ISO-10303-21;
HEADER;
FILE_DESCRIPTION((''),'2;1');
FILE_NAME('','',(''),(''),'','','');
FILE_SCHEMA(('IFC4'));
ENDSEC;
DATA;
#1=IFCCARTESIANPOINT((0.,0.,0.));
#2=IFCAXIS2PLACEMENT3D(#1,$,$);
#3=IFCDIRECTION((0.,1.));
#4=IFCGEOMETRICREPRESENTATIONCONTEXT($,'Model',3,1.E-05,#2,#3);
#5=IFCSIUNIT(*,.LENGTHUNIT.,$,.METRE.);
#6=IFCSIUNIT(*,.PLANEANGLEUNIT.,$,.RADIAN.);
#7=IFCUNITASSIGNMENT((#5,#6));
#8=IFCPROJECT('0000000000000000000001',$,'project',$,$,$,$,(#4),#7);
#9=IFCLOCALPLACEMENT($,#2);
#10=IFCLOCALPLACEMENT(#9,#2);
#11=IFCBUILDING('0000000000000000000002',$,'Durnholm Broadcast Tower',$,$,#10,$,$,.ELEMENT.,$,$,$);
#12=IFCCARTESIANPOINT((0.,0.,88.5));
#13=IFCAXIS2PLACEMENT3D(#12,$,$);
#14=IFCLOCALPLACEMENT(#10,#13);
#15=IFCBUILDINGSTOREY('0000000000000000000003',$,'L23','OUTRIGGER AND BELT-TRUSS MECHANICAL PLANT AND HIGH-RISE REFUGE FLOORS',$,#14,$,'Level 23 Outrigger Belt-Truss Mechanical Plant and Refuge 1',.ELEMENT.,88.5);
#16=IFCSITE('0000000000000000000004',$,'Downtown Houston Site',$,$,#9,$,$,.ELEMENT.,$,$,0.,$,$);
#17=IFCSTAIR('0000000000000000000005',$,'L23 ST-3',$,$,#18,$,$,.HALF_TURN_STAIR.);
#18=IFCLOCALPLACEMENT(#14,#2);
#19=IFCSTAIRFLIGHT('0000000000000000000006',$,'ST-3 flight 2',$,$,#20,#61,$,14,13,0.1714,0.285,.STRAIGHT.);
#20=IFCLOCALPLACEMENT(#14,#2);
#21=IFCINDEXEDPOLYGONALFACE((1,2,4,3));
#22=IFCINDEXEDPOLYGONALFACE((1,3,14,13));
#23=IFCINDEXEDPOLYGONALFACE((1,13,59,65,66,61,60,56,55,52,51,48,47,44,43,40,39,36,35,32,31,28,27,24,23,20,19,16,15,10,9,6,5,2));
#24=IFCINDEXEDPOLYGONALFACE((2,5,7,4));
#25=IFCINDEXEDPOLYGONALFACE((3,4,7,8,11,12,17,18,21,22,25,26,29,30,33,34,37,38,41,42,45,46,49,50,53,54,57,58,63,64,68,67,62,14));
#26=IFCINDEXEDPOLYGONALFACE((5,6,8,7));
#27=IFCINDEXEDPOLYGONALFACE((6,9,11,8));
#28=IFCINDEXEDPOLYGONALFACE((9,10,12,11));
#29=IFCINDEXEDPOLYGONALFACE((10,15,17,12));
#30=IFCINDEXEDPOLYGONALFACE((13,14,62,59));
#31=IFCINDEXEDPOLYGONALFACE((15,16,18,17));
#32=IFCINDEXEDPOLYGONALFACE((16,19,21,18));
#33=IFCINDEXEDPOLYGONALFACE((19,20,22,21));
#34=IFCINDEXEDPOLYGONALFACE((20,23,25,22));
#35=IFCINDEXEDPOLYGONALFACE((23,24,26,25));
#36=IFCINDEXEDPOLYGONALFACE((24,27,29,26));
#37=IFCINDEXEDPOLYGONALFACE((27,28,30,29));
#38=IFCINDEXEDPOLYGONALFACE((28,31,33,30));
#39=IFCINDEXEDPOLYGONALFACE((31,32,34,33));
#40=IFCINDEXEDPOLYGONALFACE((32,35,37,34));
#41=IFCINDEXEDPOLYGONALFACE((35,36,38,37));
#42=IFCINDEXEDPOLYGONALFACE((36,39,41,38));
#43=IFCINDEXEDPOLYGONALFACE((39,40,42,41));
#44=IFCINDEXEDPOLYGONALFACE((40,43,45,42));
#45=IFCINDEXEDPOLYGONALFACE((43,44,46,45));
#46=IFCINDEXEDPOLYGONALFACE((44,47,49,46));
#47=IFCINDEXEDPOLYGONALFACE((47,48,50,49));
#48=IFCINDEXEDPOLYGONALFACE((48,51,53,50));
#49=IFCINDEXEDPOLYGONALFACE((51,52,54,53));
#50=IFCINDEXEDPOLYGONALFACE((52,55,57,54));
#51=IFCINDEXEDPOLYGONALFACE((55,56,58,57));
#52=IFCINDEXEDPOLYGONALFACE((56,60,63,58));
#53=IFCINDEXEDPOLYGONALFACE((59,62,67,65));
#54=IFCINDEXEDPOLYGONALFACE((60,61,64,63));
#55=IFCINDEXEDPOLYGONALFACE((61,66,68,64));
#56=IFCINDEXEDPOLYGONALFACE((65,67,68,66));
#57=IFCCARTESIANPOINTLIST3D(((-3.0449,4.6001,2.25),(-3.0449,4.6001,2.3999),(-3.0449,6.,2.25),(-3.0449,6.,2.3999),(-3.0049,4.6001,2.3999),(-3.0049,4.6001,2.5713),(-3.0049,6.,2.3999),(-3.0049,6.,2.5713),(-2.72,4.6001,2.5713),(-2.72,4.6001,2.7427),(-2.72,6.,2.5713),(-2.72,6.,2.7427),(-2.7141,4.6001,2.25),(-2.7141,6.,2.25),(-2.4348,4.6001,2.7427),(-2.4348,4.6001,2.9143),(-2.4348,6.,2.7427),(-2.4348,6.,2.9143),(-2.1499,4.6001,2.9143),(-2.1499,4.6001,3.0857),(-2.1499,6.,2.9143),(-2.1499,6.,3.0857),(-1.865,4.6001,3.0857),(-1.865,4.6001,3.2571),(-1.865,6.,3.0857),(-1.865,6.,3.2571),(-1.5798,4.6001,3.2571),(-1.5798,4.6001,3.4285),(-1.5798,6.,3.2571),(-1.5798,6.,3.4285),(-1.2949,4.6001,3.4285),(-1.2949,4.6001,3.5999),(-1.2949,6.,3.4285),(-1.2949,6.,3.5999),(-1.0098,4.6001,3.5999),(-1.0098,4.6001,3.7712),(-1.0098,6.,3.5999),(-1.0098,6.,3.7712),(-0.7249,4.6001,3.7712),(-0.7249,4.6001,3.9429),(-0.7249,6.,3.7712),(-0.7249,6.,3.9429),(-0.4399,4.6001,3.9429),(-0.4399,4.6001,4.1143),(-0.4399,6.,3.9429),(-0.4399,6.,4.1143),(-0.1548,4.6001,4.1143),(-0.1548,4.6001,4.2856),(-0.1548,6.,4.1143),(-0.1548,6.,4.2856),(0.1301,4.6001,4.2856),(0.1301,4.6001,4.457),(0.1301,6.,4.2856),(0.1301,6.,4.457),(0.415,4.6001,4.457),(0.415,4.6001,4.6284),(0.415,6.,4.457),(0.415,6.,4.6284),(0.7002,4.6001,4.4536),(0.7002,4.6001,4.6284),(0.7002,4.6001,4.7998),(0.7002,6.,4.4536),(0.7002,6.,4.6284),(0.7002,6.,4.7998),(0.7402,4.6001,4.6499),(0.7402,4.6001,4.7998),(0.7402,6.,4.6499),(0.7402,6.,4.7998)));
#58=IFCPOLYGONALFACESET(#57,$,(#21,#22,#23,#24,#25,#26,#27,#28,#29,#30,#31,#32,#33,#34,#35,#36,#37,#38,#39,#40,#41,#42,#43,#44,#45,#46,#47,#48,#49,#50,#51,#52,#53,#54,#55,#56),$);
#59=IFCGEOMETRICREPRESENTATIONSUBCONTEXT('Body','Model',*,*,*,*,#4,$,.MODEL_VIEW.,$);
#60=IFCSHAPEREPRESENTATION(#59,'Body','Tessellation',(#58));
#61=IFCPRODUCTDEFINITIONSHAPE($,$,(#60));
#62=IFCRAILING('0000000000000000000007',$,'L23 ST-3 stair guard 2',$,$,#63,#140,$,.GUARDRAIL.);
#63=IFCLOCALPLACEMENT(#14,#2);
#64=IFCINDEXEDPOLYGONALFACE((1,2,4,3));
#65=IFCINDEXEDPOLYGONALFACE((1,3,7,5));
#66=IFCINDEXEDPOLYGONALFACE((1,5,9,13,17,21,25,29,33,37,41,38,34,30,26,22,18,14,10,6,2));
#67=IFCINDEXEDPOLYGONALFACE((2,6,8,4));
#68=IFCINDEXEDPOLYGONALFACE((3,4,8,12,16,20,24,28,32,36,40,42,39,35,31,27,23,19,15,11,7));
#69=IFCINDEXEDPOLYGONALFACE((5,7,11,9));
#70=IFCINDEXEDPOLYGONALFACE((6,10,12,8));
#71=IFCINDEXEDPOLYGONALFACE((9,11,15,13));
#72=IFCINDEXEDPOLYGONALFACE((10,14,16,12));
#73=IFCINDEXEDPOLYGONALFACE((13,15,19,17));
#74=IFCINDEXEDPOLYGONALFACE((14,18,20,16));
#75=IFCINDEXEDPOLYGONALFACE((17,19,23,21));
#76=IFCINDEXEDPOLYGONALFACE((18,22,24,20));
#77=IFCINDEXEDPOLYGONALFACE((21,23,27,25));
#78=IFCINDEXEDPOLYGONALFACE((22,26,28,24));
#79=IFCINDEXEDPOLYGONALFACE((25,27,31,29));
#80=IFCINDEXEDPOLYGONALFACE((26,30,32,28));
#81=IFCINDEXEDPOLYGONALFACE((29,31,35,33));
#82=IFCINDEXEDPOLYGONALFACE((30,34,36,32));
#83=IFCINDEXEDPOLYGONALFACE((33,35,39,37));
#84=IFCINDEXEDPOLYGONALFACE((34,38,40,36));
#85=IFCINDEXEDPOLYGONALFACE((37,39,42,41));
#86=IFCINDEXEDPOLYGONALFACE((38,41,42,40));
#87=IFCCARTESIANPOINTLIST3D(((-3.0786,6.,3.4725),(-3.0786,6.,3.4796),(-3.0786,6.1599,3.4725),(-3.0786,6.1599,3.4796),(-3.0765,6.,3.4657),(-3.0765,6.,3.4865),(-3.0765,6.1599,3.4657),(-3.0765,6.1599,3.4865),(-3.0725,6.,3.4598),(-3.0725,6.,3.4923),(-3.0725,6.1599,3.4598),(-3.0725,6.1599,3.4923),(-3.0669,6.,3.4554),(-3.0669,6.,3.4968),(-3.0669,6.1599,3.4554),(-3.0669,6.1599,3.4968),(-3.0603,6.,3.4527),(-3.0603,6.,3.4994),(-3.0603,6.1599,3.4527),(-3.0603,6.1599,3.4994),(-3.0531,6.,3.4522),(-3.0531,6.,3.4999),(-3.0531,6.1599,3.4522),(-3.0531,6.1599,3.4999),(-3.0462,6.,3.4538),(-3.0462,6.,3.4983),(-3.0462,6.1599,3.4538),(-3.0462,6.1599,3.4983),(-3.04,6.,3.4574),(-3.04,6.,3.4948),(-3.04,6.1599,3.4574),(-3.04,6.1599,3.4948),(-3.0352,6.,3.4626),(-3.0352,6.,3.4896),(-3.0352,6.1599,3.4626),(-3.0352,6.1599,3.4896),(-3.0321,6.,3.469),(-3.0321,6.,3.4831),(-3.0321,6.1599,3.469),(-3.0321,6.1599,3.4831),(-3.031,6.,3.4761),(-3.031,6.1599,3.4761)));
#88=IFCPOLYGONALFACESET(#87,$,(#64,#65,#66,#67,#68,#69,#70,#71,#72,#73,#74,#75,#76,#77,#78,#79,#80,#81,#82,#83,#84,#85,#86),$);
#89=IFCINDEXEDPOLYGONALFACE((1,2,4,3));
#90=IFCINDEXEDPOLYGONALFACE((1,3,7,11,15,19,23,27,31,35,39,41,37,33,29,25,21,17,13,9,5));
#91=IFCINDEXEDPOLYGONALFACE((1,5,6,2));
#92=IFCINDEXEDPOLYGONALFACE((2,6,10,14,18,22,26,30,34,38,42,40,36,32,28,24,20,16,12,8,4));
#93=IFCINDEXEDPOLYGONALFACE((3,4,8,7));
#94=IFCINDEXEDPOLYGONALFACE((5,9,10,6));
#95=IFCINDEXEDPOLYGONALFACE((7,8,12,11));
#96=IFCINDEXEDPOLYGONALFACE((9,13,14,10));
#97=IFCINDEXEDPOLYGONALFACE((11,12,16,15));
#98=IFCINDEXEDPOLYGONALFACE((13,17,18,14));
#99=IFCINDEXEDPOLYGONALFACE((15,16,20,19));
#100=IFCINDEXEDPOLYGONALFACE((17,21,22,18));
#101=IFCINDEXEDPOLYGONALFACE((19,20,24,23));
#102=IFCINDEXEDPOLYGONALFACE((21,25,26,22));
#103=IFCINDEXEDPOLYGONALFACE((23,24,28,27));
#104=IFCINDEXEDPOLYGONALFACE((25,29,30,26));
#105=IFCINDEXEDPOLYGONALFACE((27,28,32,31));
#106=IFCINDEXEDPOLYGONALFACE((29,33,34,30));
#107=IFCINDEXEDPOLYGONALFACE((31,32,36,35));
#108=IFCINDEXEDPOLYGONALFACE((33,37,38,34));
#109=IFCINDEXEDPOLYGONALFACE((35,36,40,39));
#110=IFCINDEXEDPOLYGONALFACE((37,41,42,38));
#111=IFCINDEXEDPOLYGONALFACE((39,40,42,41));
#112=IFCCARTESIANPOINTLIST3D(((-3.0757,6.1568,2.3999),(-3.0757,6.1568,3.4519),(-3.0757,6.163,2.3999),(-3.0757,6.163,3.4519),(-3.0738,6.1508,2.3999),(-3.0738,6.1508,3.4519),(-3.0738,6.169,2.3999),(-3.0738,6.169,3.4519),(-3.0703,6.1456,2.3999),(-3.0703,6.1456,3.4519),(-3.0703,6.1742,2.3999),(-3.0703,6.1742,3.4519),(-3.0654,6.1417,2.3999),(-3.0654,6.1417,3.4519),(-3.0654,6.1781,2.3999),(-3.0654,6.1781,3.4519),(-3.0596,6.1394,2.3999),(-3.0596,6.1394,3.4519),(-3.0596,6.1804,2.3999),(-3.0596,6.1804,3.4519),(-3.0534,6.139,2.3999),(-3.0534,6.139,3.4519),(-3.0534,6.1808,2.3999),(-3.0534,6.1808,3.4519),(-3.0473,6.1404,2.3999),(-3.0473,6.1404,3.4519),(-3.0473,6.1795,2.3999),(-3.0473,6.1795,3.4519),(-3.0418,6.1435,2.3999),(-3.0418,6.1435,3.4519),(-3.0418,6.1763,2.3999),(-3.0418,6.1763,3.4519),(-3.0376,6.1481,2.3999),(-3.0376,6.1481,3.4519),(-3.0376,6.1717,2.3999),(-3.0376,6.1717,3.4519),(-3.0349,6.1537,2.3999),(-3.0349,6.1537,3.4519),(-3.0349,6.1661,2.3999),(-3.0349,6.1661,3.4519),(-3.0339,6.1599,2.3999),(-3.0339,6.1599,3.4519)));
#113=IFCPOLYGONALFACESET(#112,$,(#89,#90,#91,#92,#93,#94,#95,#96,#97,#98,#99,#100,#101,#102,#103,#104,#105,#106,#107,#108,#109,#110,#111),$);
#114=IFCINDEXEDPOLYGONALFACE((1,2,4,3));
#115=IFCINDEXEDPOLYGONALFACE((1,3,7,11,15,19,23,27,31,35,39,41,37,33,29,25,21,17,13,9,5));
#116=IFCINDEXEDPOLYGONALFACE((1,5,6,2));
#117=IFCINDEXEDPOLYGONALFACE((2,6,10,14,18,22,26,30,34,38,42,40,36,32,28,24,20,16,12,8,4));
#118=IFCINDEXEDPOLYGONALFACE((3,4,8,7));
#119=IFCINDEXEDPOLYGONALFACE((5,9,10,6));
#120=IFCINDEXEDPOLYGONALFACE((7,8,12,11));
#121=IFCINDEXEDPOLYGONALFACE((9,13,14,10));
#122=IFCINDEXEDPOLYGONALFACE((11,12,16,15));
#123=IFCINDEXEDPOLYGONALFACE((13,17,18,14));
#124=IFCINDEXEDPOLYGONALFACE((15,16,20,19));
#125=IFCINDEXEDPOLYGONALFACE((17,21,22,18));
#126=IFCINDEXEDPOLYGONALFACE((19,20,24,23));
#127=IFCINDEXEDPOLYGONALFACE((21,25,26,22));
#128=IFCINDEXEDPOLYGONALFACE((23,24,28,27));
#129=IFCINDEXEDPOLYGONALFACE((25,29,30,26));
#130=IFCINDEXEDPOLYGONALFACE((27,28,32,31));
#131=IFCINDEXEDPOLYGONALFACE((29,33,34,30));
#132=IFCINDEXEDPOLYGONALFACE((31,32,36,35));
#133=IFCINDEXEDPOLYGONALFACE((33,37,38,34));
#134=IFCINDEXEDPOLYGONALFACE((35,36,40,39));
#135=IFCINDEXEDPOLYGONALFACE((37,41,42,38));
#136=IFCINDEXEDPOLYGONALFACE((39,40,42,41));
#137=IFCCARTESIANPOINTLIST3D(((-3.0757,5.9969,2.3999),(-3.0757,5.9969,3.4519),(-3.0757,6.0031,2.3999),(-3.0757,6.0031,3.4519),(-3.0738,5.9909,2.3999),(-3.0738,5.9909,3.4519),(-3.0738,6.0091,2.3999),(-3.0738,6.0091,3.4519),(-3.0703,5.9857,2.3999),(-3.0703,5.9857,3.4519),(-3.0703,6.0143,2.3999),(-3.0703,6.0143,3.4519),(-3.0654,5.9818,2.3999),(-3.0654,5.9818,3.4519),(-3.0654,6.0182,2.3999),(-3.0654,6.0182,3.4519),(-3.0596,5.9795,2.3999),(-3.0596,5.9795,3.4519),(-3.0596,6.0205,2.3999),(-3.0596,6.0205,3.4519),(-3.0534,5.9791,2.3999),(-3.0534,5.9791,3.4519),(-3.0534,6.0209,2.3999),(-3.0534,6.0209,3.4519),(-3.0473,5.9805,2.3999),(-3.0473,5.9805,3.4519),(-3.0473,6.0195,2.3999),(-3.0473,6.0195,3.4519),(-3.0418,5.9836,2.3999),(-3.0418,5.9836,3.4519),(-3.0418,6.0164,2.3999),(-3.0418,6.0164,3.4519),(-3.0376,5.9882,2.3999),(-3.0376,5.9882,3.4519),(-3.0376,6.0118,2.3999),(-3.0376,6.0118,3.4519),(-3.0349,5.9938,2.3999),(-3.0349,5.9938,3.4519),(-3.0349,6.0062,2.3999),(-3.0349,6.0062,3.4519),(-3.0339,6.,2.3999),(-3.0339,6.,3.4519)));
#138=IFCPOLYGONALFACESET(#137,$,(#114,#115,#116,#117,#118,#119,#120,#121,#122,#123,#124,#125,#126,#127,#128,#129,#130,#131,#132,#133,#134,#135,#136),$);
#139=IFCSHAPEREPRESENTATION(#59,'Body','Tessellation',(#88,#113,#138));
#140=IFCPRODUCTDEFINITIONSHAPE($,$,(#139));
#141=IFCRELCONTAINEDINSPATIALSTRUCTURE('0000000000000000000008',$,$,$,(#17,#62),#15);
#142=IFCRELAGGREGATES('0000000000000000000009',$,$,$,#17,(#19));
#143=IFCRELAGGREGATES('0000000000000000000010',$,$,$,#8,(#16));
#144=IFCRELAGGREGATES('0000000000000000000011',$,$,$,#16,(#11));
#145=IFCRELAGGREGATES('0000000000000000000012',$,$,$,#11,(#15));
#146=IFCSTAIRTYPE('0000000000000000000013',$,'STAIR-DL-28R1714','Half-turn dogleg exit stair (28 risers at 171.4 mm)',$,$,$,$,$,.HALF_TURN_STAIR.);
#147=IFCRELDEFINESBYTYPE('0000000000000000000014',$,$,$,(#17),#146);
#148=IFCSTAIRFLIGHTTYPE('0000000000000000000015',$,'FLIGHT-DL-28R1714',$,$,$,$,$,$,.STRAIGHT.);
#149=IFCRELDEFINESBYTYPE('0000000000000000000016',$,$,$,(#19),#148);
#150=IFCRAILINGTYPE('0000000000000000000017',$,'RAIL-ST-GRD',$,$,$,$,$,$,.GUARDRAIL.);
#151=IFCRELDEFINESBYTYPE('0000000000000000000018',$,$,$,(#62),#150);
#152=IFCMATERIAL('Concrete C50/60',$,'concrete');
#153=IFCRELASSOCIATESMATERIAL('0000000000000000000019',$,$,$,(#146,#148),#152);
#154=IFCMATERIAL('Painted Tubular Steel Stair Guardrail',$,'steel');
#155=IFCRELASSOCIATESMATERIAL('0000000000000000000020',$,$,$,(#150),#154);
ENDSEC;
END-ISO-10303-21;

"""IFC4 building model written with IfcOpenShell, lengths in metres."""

from ifc_helpers import new_model, si_unit, direction, frame, origin, origin_2d, place, context, subcontext, project, spatial, polyline, circle, outline, extrude, material, type_object, element, aggregate, save


model = new_model("IFC4")

# Units and contexts
model_context = context("Model", 3, precision=1e-05, world=origin(), true_north=direction((0.0, 1.0)))
body_context = subcontext(model_context, "Body", "Model", "MODEL_VIEW")
ifc_project = project(units=[si_unit("LENGTHUNIT", "METRE"), si_unit("PLANEANGLEUNIT", "RADIAN")], contexts=[model_context])

# Site, building, storey
site_placement = place(None, origin())
site = spatial("IfcSite", under=ifc_project, at=site_placement, Name="Downtown Houston Site", CompositionType="ELEMENT", RefElevation=0.0)
building_placement = place(site_placement, origin())
building = spatial("IfcBuilding", under=site, at=building_placement, Name="Durnholm Broadcast Tower", CompositionType="ELEMENT")
storey_placement = place(building_placement, frame((0.0, 0.0, 88.5)))
storey = spatial("IfcBuildingStorey", under=building, at=storey_placement, Name="L23", Description="OUTRIGGER AND BELT-TRUSS MECHANICAL PLANT AND HIGH-RISE REFUGE FLOORS", LongName="Level 23 Outrigger Belt-Truss Mechanical Plant and Refuge 1", CompositionType="ELEMENT", Elevation=88.5)

# Shared definitions
ifc_material_1 = material(Name="Concrete C50/60", Category="concrete")

# Stair, stair flight
stair_type = type_object("IfcStairType", Name="STAIR-DL-28R1714", Description="Half-turn dogleg exit stair (28 risers at 171.4 mm)", PredefinedType="HALF_TURN_STAIR", material=ifc_material_1)
stair_placement = place(storey_placement, origin())
stair = element("IfcStair", 1, at=stair_placement, inside=storey, type_object=stair_type, Name="L23 ST-3", PredefinedType="HALF_TURN_STAIR")
stair_flight_type = type_object("IfcStairFlightType", Name="FLIGHT-DL-28R1714", PredefinedType="STRAIGHT", material=ifc_material_1)
stair_flight_placement = place(storey_placement, frame((-3.0049, 5.3, 2.3999), z_axis=(0.0, 0.0, 1.0), x_axis=(1.0, 0.0, 0.0)))
stair_flight = element("IfcStairFlight", 2, at=stair_flight_placement, type_object=stair_flight_type, Name="ST-3 flight 2", NumberOfRisers=14, NumberOfTreads=13, PredefinedType="STRAIGHT", RiserHeight=0.1714, TreadLength=0.285, context=body_context, shape_type="SweptSolid", body=[
    extrude(outline(polyline([(-0.04, -0.1499), (-0.04, 0.0), (0.0, 0.0), (0.0, 0.1714), (0.2849, 0.1714), (0.2849, 0.3428), (0.5701, 0.3428), (0.5701, 0.5144), (0.855, 0.5144), (0.855, 0.6858), (1.1399, 0.6858), (1.1399, 0.8572), (1.425, 0.8572), (1.425, 1.0286), (1.71, 1.0286), (1.71, 1.2), (1.9951, 1.2), (1.9951, 1.3713), (2.28, 1.3713), (2.28, 1.543), (2.5649, 1.543), (2.5649, 1.7144), (2.8501, 1.7144), (2.8501, 1.8857), (3.135, 1.8857), (3.135, 2.0571), (3.4199, 2.0571), (3.4199, 2.2285), (3.7051, 2.2285), (3.7051, 2.3999), (3.7451, 2.3999), (3.7451, 2.25), (3.7051, 2.0537), (0.2908, -0.1499), (-0.04, -0.1499)])), frame((0.0, 0.7, 0.0), z_axis=(0.0, -1.0, 0.0), x_axis=(1.0, 0.0, 0.0)), (0.0, 0.0, 1.0), 1.3999),
])
aggregate(stair, [stair_flight])

# Railing
ifc_material_2 = material(Name="Painted Tubular Steel Stair Guardrail", Category="steel")
railing_type_1 = type_object("IfcRailingType", Name="RAIL-ST-GRD", PredefinedType="GUARDRAIL", material=ifc_material_2)
railing_1_placement = place(storey_placement, frame((-3.0549, 6.1599, 2.3999)))
element("IfcRailing", 3, at=railing_1_placement, inside=storey, type_object=railing_type_1, Name="L23 ST-3 stair guard 2", PredefinedType="GUARDRAIL", context=body_context, shape_type="SweptSolid", body=[
    extrude(circle(Radius=0.0239, at=origin_2d()), frame((0.0, 0.0, 1.0762), z_axis=(0.0, -1.0, 0.0), x_axis=(1.0, 0.0, 0.0)), (0.0, 0.0, 1.0), 0.1599),
    extrude(circle(Radius=0.021, at=origin_2d()), origin(), (0.0, 0.0, 1.0), 1.052),
    extrude(circle(Radius=0.021, at=origin_2d()), frame((0.0, -0.1599, 0.0)), (0.0, 0.0, 1.0), 1.052),
])

save(model, "model.ifc")
